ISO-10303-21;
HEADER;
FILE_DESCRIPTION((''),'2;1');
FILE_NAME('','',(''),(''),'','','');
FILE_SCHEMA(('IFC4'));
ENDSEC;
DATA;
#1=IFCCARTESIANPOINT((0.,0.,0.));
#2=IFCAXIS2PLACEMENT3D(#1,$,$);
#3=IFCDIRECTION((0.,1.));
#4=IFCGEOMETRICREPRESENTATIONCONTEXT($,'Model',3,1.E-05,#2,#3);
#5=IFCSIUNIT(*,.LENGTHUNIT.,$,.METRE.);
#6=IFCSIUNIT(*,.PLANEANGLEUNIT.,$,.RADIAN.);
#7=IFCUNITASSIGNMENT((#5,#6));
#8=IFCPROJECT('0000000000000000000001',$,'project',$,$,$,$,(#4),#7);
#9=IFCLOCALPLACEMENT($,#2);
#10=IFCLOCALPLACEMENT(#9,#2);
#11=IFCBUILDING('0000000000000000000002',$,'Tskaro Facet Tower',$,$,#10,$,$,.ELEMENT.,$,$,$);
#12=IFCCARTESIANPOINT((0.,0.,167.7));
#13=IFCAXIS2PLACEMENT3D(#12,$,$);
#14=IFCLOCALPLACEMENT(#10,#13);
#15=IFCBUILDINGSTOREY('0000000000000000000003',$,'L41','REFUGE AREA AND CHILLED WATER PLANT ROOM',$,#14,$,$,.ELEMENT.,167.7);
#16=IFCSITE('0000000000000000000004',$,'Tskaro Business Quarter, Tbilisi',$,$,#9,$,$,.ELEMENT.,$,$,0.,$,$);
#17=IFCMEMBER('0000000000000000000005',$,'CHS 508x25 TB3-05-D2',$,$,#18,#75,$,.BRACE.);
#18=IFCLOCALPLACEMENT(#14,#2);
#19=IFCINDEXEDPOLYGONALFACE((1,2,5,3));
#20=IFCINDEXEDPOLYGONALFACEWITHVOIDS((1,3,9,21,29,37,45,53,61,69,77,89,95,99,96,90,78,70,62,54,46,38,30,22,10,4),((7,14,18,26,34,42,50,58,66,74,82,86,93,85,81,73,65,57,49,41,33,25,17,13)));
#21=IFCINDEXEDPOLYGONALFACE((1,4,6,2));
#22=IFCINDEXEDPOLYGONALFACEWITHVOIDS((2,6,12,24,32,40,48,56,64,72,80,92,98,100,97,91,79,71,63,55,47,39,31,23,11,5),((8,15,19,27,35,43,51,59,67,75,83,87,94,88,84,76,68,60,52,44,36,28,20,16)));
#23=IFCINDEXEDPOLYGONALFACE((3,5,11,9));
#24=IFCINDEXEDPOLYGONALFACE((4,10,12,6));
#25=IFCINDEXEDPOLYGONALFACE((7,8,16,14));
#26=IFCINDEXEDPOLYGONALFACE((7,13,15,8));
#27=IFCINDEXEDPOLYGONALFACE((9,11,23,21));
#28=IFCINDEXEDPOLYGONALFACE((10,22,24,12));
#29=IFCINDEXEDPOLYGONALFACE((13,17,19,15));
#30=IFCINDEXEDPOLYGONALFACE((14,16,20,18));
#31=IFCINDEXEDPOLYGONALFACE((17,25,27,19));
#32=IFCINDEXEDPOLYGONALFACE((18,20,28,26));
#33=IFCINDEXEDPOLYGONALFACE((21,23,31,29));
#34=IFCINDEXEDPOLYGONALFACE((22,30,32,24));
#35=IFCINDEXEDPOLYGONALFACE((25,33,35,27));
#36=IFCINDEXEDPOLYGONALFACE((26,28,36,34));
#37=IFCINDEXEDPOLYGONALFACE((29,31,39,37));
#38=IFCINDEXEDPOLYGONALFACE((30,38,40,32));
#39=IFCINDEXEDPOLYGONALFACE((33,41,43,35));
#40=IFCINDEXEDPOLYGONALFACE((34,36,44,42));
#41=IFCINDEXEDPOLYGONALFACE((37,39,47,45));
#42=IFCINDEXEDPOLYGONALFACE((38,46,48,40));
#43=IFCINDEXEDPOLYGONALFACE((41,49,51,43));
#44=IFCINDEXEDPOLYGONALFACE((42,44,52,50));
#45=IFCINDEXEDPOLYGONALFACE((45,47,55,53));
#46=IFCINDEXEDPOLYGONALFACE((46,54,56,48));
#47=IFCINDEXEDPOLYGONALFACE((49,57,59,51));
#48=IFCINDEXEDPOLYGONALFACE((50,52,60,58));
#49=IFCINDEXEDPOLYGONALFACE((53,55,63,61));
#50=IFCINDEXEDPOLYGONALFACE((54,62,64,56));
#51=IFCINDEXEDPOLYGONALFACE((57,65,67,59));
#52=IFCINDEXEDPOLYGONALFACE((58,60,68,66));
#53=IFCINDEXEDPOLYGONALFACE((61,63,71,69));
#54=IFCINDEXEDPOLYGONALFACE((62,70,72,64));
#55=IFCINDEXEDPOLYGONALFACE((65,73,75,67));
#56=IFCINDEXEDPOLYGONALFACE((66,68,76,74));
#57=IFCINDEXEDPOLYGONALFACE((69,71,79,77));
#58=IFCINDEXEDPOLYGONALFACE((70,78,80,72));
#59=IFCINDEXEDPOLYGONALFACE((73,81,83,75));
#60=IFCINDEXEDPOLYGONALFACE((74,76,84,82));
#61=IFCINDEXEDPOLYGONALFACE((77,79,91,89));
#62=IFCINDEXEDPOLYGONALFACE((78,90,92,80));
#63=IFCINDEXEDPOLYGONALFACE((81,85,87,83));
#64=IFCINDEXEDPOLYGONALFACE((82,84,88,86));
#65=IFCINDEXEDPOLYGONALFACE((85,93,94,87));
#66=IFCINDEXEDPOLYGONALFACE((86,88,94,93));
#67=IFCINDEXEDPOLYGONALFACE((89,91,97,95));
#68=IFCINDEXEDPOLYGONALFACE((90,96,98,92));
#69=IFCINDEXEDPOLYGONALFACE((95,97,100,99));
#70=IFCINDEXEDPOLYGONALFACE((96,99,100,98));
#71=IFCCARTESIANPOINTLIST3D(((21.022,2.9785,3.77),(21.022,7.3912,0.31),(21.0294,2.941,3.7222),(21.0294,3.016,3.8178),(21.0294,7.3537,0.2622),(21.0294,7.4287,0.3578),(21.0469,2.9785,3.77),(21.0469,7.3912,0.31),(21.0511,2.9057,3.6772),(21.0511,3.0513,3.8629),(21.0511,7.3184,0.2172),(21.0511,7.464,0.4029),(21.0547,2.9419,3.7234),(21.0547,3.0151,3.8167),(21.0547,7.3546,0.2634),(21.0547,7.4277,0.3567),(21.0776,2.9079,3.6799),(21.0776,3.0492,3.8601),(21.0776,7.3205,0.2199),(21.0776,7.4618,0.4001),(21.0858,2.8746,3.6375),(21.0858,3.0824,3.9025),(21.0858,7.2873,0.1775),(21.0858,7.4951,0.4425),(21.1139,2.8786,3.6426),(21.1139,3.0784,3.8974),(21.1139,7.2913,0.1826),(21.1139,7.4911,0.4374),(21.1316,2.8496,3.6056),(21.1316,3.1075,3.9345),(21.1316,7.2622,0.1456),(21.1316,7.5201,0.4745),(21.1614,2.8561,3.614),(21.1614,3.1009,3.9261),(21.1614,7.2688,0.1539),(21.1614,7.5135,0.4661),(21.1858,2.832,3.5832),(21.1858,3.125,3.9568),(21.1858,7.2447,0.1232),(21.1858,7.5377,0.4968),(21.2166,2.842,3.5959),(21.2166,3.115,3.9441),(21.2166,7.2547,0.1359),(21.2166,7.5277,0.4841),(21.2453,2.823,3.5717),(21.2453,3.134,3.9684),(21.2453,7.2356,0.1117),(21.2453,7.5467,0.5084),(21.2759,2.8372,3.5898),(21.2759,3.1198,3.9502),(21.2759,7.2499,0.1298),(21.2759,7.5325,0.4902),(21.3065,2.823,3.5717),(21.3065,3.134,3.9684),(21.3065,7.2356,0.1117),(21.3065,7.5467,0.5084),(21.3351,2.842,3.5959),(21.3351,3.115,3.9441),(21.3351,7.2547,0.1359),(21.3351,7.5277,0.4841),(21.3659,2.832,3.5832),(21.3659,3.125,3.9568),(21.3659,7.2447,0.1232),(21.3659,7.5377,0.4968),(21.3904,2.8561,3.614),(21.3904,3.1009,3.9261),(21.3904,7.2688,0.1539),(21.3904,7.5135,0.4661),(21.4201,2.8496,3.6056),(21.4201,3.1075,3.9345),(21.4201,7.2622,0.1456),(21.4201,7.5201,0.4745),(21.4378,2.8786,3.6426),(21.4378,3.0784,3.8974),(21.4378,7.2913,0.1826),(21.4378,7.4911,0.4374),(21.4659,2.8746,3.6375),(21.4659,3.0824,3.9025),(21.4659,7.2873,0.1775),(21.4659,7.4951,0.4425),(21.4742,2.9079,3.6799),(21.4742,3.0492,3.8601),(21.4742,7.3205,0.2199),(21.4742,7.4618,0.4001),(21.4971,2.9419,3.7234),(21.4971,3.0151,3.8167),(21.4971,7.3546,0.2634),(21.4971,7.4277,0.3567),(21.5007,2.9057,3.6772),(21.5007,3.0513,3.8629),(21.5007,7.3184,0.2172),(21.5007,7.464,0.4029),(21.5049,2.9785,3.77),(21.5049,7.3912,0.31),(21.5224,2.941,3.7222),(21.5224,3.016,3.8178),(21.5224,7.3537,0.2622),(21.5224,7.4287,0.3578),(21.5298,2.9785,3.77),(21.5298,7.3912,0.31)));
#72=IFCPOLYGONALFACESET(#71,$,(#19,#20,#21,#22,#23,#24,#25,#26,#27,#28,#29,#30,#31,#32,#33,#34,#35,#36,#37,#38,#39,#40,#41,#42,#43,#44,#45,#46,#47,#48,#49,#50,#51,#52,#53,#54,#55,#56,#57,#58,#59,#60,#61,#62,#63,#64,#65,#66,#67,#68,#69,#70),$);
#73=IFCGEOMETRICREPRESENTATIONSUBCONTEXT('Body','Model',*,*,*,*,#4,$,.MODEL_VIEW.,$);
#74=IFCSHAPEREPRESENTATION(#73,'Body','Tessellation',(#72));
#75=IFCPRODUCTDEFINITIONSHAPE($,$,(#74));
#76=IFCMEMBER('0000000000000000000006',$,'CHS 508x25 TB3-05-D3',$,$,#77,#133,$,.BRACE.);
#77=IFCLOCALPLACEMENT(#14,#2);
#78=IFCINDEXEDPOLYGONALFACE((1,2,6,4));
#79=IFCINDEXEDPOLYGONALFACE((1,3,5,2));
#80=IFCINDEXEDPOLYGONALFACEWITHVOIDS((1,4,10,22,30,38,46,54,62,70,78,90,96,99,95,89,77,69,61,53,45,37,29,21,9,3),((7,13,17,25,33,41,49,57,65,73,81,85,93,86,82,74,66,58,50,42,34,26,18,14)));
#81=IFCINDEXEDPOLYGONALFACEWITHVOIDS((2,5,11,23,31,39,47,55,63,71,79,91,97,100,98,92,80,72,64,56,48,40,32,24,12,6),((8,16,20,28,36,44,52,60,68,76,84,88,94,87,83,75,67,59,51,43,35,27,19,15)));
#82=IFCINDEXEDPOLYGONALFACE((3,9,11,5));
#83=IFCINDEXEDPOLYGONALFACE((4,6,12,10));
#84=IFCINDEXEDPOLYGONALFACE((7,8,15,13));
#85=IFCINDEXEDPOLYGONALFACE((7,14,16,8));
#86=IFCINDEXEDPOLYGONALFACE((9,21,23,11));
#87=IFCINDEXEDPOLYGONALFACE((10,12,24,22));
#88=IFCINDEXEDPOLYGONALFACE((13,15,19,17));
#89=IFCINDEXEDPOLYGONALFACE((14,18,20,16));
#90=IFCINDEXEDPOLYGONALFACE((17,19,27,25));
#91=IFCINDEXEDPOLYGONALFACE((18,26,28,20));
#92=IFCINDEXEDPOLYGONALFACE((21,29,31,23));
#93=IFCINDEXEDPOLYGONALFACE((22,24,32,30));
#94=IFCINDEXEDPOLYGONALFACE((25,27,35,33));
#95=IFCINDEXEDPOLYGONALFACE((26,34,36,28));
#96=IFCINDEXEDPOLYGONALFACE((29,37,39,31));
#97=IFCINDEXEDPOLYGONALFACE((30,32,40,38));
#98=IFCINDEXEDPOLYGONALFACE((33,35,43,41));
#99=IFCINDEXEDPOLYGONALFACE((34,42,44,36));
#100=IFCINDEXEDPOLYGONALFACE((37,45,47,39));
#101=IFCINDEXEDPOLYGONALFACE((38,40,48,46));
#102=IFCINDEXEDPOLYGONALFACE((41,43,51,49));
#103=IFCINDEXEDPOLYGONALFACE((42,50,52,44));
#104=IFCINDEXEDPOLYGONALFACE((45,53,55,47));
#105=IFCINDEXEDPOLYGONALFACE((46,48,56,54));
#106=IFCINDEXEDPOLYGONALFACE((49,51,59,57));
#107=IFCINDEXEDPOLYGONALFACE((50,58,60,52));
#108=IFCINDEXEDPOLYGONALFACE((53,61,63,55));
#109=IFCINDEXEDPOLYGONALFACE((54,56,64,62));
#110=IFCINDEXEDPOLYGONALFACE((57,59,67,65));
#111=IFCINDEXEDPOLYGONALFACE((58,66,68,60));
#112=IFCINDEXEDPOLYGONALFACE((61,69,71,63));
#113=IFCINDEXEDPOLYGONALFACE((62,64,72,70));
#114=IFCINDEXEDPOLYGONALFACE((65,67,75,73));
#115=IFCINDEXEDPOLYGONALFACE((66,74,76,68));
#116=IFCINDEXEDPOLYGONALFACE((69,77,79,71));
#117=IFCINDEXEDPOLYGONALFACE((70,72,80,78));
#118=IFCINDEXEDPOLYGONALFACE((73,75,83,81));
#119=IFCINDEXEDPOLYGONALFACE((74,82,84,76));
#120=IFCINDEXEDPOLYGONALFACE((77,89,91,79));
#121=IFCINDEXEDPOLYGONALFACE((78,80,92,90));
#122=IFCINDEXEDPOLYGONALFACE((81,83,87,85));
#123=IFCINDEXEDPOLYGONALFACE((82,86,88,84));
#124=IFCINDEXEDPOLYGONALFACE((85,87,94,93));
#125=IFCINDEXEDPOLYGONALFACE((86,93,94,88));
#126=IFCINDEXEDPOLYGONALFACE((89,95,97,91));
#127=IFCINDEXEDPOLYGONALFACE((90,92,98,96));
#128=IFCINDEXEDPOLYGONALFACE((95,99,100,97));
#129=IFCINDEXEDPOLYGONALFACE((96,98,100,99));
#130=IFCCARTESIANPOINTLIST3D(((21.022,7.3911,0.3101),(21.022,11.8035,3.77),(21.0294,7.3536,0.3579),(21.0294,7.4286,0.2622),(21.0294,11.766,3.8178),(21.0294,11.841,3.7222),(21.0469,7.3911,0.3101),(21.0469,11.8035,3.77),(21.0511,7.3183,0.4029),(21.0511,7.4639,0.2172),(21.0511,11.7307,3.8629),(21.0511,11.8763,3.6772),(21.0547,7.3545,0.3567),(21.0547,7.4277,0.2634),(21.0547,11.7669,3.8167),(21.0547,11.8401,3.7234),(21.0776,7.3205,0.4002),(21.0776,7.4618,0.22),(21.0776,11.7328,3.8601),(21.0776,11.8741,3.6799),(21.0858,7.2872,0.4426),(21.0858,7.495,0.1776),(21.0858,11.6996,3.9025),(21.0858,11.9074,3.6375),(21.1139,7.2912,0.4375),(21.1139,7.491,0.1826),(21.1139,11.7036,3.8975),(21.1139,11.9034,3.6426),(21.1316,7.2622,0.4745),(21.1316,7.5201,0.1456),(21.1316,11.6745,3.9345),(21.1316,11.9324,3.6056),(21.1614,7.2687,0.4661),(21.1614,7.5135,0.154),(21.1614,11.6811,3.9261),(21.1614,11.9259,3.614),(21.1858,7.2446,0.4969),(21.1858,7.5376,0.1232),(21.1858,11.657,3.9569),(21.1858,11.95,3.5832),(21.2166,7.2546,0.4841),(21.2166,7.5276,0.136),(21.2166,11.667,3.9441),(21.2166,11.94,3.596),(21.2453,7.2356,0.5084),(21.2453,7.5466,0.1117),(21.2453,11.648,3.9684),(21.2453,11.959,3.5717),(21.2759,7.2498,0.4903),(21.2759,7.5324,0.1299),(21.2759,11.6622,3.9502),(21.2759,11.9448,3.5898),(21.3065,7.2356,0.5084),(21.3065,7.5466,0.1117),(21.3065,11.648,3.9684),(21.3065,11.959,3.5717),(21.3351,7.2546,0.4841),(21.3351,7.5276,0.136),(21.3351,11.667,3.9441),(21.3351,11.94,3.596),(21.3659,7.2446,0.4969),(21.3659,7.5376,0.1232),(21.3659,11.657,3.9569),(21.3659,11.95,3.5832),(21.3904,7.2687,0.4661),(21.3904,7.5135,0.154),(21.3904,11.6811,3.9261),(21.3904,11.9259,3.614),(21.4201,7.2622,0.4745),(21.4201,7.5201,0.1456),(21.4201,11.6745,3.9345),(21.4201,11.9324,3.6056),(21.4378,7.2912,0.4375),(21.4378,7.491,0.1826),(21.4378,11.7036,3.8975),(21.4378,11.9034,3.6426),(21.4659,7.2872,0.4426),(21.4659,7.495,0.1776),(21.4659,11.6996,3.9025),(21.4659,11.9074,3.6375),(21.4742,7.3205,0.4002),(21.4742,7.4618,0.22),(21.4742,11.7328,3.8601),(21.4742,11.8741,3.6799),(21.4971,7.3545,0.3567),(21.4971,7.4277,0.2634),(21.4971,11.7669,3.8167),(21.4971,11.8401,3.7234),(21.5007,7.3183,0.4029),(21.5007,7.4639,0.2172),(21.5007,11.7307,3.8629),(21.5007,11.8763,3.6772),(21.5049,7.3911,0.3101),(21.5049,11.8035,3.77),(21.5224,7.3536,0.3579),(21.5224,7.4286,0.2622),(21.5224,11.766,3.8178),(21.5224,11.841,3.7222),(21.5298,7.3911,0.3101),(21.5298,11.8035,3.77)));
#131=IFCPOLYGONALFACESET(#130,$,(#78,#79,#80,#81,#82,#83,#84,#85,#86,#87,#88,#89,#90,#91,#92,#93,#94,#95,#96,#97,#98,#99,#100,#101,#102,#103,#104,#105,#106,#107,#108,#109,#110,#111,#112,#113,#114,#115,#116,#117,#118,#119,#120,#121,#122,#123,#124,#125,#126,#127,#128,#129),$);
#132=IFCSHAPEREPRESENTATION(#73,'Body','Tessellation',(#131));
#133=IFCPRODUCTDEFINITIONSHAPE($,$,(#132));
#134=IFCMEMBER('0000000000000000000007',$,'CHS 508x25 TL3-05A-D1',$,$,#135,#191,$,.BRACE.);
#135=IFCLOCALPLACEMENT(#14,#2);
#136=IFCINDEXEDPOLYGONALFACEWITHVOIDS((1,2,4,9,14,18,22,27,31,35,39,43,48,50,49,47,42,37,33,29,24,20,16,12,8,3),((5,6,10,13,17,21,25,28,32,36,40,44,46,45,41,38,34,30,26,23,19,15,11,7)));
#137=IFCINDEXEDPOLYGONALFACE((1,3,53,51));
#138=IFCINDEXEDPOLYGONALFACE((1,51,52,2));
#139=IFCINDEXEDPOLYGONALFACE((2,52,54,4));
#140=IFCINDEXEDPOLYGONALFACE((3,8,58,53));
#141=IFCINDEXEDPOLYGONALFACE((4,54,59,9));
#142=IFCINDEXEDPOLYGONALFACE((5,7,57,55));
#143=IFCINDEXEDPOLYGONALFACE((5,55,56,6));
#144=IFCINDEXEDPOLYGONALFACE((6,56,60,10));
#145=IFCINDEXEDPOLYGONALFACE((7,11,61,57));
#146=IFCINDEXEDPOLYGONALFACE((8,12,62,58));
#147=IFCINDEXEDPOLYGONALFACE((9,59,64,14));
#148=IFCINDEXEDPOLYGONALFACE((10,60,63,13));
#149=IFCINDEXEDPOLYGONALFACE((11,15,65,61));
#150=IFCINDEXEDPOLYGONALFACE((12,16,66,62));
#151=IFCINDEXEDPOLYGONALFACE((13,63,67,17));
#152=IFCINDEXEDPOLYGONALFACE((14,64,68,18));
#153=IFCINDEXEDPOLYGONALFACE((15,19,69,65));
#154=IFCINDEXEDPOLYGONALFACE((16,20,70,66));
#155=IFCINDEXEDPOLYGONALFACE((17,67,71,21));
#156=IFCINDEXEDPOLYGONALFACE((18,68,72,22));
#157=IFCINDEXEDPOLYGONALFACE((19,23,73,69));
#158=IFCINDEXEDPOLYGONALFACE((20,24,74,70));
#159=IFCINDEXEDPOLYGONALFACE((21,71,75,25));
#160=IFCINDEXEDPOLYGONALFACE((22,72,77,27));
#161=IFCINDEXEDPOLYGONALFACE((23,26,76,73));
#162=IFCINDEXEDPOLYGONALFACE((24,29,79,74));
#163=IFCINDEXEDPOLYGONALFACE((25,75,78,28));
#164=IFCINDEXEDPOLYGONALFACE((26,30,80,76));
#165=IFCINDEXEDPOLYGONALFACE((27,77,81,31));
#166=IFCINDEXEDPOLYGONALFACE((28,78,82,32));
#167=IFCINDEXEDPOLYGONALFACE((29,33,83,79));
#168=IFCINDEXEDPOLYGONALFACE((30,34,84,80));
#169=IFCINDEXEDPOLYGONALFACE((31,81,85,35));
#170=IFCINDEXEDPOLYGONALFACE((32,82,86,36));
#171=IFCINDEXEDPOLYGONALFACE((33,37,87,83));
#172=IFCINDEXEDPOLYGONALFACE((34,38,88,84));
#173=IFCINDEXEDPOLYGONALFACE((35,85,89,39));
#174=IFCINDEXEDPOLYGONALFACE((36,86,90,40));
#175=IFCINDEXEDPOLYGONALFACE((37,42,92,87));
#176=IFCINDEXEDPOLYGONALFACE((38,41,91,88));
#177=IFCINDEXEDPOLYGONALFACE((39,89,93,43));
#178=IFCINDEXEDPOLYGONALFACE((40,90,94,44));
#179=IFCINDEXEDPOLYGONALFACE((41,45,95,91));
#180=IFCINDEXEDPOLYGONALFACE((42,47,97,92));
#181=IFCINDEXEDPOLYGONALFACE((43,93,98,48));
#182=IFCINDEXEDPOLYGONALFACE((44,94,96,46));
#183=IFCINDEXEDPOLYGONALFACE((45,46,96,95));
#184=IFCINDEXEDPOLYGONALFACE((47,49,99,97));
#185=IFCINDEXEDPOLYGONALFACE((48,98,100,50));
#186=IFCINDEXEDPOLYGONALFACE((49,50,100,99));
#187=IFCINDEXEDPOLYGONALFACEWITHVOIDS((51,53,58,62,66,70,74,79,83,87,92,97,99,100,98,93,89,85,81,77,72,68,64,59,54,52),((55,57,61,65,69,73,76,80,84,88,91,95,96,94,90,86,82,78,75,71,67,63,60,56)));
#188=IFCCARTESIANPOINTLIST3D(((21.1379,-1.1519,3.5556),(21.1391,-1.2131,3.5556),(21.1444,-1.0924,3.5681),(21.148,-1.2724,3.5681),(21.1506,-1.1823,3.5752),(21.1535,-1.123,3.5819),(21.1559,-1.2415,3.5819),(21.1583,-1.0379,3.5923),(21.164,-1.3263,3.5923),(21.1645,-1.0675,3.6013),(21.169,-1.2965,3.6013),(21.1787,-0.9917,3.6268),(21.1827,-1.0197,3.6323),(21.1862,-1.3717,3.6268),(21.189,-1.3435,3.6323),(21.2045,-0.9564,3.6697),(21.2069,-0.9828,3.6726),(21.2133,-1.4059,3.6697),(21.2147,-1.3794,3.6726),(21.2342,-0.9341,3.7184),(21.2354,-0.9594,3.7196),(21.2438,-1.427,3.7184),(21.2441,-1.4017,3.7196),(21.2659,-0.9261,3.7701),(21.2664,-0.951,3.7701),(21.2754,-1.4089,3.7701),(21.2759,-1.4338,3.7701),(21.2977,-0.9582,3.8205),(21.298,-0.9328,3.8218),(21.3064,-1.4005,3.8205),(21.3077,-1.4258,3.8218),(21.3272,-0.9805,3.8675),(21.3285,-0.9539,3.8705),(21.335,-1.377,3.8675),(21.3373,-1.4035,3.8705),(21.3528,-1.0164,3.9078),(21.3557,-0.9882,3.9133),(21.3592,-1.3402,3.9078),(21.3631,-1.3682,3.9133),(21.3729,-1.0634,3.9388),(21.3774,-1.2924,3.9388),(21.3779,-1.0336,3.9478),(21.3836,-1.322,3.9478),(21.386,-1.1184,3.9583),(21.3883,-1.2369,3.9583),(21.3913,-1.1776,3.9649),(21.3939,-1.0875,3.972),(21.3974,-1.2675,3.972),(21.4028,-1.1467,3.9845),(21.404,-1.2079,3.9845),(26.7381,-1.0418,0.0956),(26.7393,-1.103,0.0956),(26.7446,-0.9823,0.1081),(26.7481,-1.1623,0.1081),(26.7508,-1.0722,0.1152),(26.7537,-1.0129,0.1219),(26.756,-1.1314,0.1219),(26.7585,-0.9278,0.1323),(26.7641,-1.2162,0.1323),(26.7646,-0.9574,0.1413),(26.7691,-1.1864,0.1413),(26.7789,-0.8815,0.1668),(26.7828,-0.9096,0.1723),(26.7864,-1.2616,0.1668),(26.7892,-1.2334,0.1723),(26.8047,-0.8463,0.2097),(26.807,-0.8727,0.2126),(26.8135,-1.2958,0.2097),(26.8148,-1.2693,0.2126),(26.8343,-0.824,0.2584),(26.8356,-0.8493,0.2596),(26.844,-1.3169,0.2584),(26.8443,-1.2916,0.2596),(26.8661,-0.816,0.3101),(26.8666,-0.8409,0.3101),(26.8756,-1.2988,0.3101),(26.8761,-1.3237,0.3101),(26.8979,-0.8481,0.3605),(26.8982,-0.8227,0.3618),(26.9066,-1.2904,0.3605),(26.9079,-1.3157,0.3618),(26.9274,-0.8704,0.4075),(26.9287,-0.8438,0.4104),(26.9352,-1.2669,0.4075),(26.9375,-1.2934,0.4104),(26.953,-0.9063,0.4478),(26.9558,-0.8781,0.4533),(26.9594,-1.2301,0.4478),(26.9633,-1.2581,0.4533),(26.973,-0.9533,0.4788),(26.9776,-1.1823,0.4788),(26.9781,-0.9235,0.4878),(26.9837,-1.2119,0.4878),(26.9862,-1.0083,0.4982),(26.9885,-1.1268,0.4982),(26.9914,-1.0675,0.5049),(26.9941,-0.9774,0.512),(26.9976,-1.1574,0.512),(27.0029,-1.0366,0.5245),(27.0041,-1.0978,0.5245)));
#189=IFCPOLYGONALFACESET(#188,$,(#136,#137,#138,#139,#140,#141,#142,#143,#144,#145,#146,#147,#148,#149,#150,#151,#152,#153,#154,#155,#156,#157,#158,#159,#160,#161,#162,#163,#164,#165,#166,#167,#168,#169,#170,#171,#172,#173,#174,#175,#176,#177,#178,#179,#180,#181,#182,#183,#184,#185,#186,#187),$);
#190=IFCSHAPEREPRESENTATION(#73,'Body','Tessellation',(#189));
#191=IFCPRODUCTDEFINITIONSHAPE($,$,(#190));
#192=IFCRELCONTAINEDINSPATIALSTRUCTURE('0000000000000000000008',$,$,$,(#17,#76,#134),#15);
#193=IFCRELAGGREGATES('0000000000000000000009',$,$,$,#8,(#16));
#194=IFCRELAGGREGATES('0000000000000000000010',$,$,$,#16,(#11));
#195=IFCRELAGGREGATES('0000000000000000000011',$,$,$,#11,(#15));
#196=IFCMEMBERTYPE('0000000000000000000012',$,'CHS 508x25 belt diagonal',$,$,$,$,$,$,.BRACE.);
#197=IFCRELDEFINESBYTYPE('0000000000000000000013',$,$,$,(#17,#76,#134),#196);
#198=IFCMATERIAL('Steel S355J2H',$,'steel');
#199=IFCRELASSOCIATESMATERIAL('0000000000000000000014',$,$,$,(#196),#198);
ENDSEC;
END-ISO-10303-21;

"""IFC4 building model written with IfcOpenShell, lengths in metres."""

from ifc_helpers import new_model, si_unit, direction, frame, origin, origin_2d, place, context, subcontext, project, spatial, hollow_circle, extrude, material, material_profile, profile_set, type_object, element, save


model = new_model("IFC4")

# Units and contexts
model_context = context("Model", 3, precision=1e-05, world=origin(), true_north=direction((0.0, 1.0)))
body_context = subcontext(model_context, "Body", "Model", "MODEL_VIEW")
ifc_project = project(units=[si_unit("LENGTHUNIT", "METRE"), si_unit("PLANEANGLEUNIT", "RADIAN")], contexts=[model_context])

# Site, building, storey
site_placement = place(None, origin())
site = spatial("IfcSite", under=ifc_project, at=site_placement, Name="Tskaro Business Quarter, Tbilisi", CompositionType="ELEMENT", RefElevation=0.0)
building_placement = place(site_placement, origin())
building = spatial("IfcBuilding", under=site, at=building_placement, Name="Tskaro Facet Tower", CompositionType="ELEMENT")
storey_placement = place(building_placement, frame((0.0, 0.0, 167.7)))
storey = spatial("IfcBuildingStorey", under=building, at=storey_placement, Name="L41", Description="REFUGE AREA AND CHILLED WATER PLANT ROOM", CompositionType="ELEMENT", Elevation=167.7)

# Shared definitions
ifc_material_1 = material(Name="Steel S355J2H", Category="steel")

# Members
ifc_material_profile_1 = material_profile(ifc_material_1, hollow_circle(Radius=0.2539, WallThickness=0.0249, at=origin_2d()), Name="CHS 508x25")
ifc_profile_set_1 = profile_set([ifc_material_profile_1], Name="Steel S355J2H")
member_type_1 = type_object("IfcMemberType", Name="CHS 508x25 belt diagonal", PredefinedType="BRACE", material=ifc_profile_set_1)
for number, where, z_axis, x_axis, name in (
    (1, (21.2759, 2.9785, 3.77), (0.0, 0.786931, -0.617041), (-1.0, 0.0, 0.0), "CHS 508x25 TB3-05-D2"),
):
    element("IfcMember", number, at=place(storey_placement, frame(where, z_axis=z_axis, x_axis=x_axis)), inside=storey, type_object=member_type_1, Name=name, PredefinedType="BRACE", context=body_context, shape_type="SweptSolid", body=[
        extrude(hollow_circle(Radius=0.2539, WallThickness=0.0249, at=origin_2d()), origin(), (0.0, 0.0, 1.0), 5.6074),
    ])
member_1_placement = place(storey_placement, frame((21.2759, 7.3911, 0.3101), z_axis=(0.0, 0.786915, 0.617062), x_axis=(-1.0, 0.0, 0.0)))
element("IfcMember", 2, at=member_1_placement, inside=storey, type_object=member_type_1, Name="CHS 508x25 TB3-05-D3", PredefinedType="BRACE", context=body_context, shape_type="SweptSolid", body=[
    extrude(hollow_circle(Radius=0.2539, WallThickness=0.0249, at=origin_2d()), origin(), (0.0, 0.0, 1.0), 5.6072),
])
member_2_placement = place(storey_placement, frame((26.8711, -1.0698, 0.3101), z_axis=(-0.850606, -0.016724, 0.525538), x_axis=(0.019658, -0.999807, 0.0)))
element("IfcMember", 3, at=member_2_placement, inside=storey, type_object=member_type_1, Name="CHS 508x25 TL3-05A-D1", PredefinedType="BRACE", context=body_context, shape_type="SweptSolid", body=[
    extrude(hollow_circle(Radius=0.2539, WallThickness=0.0249, at=origin_2d()), origin(), (0.0, 0.0, 1.0), 6.5837),
])

save(model, "model.ifc")
